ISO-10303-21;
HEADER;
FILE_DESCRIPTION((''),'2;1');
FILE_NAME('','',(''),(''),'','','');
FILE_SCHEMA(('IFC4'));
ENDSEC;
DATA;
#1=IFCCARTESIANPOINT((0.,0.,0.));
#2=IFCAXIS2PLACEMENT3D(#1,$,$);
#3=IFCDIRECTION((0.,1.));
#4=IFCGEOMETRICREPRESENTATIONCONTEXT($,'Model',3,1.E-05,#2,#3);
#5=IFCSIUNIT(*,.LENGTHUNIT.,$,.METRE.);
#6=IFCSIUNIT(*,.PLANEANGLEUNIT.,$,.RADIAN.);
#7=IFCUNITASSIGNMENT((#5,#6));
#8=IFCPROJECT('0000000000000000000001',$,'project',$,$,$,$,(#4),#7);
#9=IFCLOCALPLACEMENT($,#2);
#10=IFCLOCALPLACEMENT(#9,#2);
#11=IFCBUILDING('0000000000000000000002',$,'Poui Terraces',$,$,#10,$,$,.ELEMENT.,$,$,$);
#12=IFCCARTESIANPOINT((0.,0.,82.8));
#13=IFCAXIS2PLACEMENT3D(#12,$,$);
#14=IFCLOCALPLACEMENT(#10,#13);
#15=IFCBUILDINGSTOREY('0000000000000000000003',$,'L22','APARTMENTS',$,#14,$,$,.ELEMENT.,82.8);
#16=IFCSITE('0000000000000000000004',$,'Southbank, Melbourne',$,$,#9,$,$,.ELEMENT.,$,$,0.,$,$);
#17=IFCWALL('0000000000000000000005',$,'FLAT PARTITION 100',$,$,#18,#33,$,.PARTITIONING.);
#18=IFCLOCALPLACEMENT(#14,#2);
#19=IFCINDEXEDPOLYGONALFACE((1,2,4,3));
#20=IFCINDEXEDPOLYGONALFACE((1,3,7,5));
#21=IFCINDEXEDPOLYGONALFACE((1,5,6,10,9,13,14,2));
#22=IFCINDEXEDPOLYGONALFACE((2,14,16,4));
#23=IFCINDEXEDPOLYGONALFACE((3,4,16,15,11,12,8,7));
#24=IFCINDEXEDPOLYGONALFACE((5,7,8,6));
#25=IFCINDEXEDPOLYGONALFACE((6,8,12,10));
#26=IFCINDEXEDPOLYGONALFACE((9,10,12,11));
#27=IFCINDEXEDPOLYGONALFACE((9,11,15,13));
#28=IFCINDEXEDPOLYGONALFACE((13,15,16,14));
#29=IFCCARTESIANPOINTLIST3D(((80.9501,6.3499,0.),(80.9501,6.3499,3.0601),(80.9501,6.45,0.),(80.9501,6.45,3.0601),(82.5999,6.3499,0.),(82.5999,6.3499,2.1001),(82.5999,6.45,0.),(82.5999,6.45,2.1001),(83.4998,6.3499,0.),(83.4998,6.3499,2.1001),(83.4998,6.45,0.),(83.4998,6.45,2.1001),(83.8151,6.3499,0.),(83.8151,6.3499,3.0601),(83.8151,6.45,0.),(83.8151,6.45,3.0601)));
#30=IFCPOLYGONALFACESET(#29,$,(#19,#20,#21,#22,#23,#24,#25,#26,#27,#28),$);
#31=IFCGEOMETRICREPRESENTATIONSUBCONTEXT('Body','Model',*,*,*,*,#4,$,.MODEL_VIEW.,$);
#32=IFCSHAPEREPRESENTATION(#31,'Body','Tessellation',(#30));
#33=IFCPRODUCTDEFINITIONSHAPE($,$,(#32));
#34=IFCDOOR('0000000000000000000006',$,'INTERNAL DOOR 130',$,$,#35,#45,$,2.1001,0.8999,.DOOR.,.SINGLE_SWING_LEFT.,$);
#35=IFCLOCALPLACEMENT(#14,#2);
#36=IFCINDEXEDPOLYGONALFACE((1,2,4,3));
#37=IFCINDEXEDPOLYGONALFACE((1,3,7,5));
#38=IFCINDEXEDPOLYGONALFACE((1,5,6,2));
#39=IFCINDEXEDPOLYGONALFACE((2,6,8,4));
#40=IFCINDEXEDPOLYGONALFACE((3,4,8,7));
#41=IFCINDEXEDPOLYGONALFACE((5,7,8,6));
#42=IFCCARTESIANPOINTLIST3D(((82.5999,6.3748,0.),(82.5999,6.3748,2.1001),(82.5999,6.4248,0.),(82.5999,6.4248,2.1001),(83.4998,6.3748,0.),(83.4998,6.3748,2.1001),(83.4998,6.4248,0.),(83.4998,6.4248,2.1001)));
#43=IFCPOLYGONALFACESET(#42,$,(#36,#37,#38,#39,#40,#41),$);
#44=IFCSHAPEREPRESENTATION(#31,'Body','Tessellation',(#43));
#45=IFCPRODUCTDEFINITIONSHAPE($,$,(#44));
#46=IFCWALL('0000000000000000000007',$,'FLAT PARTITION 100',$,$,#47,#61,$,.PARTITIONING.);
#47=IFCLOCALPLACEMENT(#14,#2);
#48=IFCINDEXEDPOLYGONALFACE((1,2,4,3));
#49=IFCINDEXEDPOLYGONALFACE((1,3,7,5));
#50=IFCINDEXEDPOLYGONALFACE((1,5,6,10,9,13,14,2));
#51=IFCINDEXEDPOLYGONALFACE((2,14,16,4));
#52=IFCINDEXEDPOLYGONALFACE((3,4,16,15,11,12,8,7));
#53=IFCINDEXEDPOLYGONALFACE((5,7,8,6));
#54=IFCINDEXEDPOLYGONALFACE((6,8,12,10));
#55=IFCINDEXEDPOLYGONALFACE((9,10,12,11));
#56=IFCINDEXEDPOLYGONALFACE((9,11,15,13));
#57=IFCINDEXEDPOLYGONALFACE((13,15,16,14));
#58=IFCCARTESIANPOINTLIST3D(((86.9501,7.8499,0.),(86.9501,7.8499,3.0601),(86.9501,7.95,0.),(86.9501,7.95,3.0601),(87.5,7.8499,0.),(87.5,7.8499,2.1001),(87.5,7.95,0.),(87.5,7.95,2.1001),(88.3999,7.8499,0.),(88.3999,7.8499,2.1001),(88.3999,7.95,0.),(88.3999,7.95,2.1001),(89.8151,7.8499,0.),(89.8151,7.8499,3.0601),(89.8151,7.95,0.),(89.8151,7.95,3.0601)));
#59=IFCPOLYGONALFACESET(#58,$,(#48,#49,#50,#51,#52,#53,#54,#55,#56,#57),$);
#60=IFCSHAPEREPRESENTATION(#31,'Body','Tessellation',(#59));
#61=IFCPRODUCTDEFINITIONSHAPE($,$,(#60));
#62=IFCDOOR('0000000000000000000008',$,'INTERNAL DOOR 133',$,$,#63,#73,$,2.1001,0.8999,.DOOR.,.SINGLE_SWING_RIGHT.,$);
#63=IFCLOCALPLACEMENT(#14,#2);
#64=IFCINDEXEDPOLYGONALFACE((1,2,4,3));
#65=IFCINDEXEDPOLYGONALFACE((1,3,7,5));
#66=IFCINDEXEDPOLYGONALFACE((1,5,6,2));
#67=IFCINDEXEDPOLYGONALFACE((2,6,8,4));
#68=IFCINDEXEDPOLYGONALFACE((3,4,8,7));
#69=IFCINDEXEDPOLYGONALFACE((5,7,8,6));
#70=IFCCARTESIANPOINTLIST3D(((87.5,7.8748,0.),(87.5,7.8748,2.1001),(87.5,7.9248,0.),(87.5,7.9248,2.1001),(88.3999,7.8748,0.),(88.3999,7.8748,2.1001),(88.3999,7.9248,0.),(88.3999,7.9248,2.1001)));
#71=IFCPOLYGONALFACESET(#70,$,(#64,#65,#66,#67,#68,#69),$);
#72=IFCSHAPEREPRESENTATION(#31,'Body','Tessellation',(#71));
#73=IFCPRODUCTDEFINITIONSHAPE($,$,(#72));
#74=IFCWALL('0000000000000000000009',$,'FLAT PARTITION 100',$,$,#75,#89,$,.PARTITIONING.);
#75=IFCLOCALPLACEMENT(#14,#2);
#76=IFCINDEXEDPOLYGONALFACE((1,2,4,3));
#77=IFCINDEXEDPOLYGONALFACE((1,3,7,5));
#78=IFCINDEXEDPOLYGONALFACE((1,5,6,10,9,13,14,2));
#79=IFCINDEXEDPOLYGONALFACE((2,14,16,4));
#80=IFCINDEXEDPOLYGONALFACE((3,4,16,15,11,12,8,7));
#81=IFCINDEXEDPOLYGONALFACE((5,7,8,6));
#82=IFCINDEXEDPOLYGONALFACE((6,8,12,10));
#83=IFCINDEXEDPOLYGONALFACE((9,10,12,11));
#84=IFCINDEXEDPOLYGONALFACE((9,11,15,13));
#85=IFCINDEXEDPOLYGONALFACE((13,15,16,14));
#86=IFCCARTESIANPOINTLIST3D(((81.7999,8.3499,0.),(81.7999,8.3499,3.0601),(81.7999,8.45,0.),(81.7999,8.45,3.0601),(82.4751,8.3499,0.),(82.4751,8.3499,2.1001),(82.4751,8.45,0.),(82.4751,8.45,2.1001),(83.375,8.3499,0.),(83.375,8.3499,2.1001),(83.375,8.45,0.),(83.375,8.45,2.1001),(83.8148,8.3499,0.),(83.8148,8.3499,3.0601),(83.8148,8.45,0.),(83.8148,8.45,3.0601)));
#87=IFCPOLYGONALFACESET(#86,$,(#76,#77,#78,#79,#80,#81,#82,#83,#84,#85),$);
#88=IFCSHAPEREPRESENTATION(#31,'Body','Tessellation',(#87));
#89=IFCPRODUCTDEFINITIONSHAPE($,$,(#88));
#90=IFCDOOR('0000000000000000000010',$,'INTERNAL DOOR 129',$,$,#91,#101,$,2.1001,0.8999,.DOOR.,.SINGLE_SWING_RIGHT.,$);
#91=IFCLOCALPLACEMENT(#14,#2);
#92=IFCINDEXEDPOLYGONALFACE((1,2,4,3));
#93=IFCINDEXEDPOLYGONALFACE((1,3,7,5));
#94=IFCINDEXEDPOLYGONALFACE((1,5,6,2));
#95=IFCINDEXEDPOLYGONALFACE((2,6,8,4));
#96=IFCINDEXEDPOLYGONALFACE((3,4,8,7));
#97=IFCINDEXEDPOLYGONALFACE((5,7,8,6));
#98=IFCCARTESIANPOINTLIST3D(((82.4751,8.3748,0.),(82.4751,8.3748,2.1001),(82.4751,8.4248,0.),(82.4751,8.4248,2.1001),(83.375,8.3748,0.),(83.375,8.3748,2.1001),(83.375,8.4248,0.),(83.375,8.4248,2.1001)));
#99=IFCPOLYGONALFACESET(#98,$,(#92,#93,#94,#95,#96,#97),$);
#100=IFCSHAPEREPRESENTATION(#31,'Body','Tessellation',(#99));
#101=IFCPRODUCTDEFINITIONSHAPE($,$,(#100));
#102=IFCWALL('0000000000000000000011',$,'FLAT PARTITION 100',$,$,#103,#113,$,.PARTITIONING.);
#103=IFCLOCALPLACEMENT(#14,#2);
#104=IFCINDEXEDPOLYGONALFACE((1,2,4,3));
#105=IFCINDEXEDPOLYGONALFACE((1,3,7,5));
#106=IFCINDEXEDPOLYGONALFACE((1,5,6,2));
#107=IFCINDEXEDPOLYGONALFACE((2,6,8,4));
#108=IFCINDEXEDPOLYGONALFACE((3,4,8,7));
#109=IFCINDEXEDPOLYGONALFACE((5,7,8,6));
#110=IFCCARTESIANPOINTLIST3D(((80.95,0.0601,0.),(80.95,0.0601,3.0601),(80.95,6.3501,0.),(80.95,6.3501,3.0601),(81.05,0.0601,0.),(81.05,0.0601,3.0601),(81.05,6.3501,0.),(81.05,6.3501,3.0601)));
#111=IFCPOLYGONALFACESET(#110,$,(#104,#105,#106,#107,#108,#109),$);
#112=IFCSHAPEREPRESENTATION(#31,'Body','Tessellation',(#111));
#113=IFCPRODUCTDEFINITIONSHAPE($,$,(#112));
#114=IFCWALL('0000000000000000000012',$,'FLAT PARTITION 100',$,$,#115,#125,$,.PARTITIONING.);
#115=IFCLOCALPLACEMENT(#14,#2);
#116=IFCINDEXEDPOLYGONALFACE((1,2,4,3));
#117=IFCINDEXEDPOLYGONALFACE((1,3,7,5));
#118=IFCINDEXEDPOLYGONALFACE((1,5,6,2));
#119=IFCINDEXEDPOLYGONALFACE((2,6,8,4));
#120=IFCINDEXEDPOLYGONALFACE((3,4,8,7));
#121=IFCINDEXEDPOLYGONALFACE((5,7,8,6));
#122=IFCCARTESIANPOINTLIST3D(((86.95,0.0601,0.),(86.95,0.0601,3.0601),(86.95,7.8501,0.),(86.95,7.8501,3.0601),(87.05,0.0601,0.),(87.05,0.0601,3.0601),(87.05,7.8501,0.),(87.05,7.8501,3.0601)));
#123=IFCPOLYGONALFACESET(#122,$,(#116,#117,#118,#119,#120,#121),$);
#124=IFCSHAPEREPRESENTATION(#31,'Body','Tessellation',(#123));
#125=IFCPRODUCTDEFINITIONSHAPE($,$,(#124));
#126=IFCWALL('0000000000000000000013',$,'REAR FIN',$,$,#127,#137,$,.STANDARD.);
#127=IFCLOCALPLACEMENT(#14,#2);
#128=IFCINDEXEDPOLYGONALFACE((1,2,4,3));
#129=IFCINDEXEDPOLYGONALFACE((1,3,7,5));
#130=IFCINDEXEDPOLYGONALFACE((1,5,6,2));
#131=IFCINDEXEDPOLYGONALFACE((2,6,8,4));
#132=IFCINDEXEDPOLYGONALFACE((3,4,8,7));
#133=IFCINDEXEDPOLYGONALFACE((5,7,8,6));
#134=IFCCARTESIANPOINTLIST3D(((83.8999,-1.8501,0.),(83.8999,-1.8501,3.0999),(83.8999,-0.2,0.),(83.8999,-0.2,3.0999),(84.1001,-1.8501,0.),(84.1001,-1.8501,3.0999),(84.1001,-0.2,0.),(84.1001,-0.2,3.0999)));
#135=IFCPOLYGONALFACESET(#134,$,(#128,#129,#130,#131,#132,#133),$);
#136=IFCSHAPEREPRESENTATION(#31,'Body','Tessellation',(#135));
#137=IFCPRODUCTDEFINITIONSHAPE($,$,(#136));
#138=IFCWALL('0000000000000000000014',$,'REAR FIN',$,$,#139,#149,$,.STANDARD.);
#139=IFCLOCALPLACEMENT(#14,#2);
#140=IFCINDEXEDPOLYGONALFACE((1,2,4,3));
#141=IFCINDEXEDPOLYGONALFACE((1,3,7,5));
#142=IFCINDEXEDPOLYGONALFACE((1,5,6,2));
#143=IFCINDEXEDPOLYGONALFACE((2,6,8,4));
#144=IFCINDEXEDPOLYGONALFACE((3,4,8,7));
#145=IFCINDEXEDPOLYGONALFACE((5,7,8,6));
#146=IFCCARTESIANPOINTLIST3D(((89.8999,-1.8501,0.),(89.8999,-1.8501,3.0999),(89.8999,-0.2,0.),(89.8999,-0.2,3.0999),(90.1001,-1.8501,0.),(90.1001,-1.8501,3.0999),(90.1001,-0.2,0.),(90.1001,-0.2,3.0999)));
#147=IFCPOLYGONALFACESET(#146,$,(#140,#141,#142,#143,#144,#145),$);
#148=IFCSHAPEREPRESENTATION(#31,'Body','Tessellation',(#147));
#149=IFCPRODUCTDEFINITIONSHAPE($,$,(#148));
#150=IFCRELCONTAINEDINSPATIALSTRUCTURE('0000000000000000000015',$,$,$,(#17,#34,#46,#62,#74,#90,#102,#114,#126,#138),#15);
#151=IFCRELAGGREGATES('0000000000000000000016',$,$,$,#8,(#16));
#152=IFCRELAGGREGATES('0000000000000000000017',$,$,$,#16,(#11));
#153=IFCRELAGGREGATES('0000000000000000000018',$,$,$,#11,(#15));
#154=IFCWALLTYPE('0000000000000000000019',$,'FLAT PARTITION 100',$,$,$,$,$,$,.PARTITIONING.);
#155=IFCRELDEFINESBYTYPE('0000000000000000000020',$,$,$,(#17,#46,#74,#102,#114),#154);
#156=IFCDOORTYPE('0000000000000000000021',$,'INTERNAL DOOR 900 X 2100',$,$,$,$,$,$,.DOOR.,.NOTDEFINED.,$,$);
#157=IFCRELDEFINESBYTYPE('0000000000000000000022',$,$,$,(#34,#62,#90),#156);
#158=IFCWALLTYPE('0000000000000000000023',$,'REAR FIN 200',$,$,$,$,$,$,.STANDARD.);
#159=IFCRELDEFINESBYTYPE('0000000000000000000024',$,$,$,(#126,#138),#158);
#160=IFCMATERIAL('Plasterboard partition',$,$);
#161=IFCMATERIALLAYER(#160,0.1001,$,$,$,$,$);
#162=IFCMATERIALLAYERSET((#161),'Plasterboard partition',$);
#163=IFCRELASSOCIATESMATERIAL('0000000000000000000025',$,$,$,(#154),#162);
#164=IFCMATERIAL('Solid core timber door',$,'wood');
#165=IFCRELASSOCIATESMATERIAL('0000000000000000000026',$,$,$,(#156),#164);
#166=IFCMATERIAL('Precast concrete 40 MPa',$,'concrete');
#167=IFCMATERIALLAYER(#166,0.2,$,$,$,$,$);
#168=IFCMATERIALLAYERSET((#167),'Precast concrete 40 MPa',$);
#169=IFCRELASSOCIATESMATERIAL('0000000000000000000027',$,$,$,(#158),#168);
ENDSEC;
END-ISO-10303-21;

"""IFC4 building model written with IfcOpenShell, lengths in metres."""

from ifc_helpers import new_model, si_unit, direction, frame, frame_2d, origin, place, context, subcontext, project, spatial, polyline, rectangle, outline, extrude, source, transform, mapped, material, layer, layer_set, type_object, element, fill, save


model = new_model("IFC4")

# Units and contexts
model_context = context("Model", 3, precision=1e-05, world=origin(), true_north=direction((0.0, 1.0)))
body_context = subcontext(model_context, "Body", "Model", "MODEL_VIEW")
ifc_project = project(units=[si_unit("LENGTHUNIT", "METRE"), si_unit("PLANEANGLEUNIT", "RADIAN")], contexts=[model_context])

# Site, building, storey
site_placement = place(None, origin())
site = spatial("IfcSite", under=ifc_project, at=site_placement, Name="Southbank, Melbourne", CompositionType="ELEMENT", RefElevation=0.0)
building_placement = place(site_placement, origin())
building = spatial("IfcBuilding", under=site, at=building_placement, Name="Poui Terraces", CompositionType="ELEMENT")
storey_placement = place(building_placement, frame((0.0, 0.0, 82.8)))
storey = spatial("IfcBuildingStorey", under=building, at=storey_placement, Name="L22", Description="APARTMENTS", CompositionType="ELEMENT", Elevation=82.8)

# Shared definitions
ifc_material_1 = material(Name="Precast concrete 40 MPa", Category="concrete")

# Walls, openings, doors
ifc_material_2 = material(Name="Plasterboard partition")
ifc_layer_1 = layer(ifc_material_2, 0.1001)
ifc_layer_set_1 = layer_set([ifc_layer_1], Name="Plasterboard partition")
wall_type_1 = type_object("IfcWallType", Name="FLAT PARTITION 100", PredefinedType="PARTITIONING", material=ifc_layer_set_1)
wall_1_placement = place(storey_placement, frame((80.95, 6.3999, 0.0), z_axis=(0.0, 0.0, 1.0), x_axis=(1.0, 0.0, 0.0)))
wall_1 = element("IfcWall", 1, at=wall_1_placement, inside=storey, type_object=wall_type_1, Name="FLAT PARTITION 100", PredefinedType="PARTITIONING", context=body_context, shape_type="SweptSolid", body=[
    extrude(rectangle(XDim=2.865, YDim=0.1001, at=frame_2d((1.4326, 0.0))), origin(), (0.0, 0.0, 1.0), 3.0601),
])
opening_1_placement = place(wall_1_placement, frame((1.6499, 0.0, 0.0)))
opening_1 = element("IfcOpeningElement", 2, at=opening_1_placement, cuts=wall_1, PredefinedType="OPENING", context=body_context, shape_type="SweptSolid", body=[
    extrude(rectangle(XDim=0.8999, YDim=2.1001, at=frame_2d((0.45, 1.05))), frame((0.0, 0.0601, 0.0), z_axis=(0.0, -1.0, 0.0), x_axis=(1.0, 0.0, 0.0)), (0.0, 0.0, 1.0), 0.1201),
])
ifc_material_3 = material(Name="Solid core timber door", Category="wood")
door_type = type_object("IfcDoorType", Name="INTERNAL DOOR 900 X 2100", OperationType="NOTDEFINED", PredefinedType="DOOR", material=ifc_material_3)
door_1_placement = place(opening_1_placement, origin())
door_1 = element("IfcDoor", 3, at=door_1_placement, inside=storey, type_object=door_type, Name="INTERNAL DOOR 130", OperationType="SINGLE_SWING_LEFT", OverallHeight=2.1001, OverallWidth=0.8999, PredefinedType="DOOR", context=body_context, shape_type="SweptSolid", body=[
    extrude(rectangle(XDim=0.8999, YDim=2.1001, at=frame_2d((0.45, 1.05))), frame((0.0, 0.0249, 0.0), z_axis=(0.0, -1.0, 0.0), x_axis=(1.0, 0.0, 0.0)), (0.0, 0.0, 1.0), 0.05),
])
fill(opening_1, door_1)
wall_2_placement = place(storey_placement, frame((86.95, 7.8999, 0.0), z_axis=(0.0, 0.0, 1.0), x_axis=(1.0, 0.0, 0.0)))
wall_2 = element("IfcWall", 4, at=wall_2_placement, inside=storey, type_object=wall_type_1, Name="FLAT PARTITION 100", PredefinedType="PARTITIONING", context=body_context, shape_type="SweptSolid", body=[
    extrude(rectangle(XDim=2.865, YDim=0.1001, at=frame_2d((1.4326, 0.0))), origin(), (0.0, 0.0, 1.0), 3.0601),
])
opening_2_placement = place(wall_2_placement, frame((0.55, 0.0, 0.0)))
opening_2 = element("IfcOpeningElement", 5, at=opening_2_placement, cuts=wall_2, PredefinedType="OPENING", context=body_context, shape_type="SweptSolid", body=[
    extrude(rectangle(XDim=0.8999, YDim=2.1001, at=frame_2d((0.45, 1.05))), frame((0.0, 0.0601, 0.0), z_axis=(0.0, -1.0, 0.0), x_axis=(1.0, 0.0, 0.0)), (0.0, 0.0, 1.0), 0.1201),
])
door_2_placement = place(opening_2_placement, origin())
door_2 = element("IfcDoor", 6, at=door_2_placement, inside=storey, type_object=door_type, Name="INTERNAL DOOR 133", OperationType="SINGLE_SWING_RIGHT", OverallHeight=2.1001, OverallWidth=0.8999, PredefinedType="DOOR", context=body_context, shape_type="SweptSolid", body=[
    extrude(rectangle(XDim=0.8999, YDim=2.1001, at=frame_2d((0.45, 1.05))), frame((0.0, 0.0249, 0.0), z_axis=(0.0, -1.0, 0.0), x_axis=(1.0, 0.0, 0.0)), (0.0, 0.0, 1.0), 0.05),
])
fill(opening_2, door_2)
wall_3_placement = place(storey_placement, frame((81.8, 8.3999, 0.0), z_axis=(0.0, 0.0, 1.0), x_axis=(1.0, 0.0, 0.0)))
wall_3 = element("IfcWall", 7, at=wall_3_placement, inside=storey, type_object=wall_type_1, Name="FLAT PARTITION 100", PredefinedType="PARTITIONING", context=body_context, shape_type="SweptSolid", body=[
    extrude(rectangle(XDim=2.0149, YDim=0.1001, at=frame_2d((1.0073, 0.0))), origin(), (0.0, 0.0, 1.0), 3.0601),
])
opening_3_placement = place(wall_3_placement, frame((0.675, 0.0, 0.0)))
opening_3 = element("IfcOpeningElement", 8, at=opening_3_placement, cuts=wall_3, PredefinedType="OPENING", context=body_context, shape_type="SweptSolid", body=[
    extrude(rectangle(XDim=0.8999, YDim=2.1001, at=frame_2d((0.45, 1.05))), frame((0.0, 0.0601, 0.0), z_axis=(0.0, -1.0, 0.0), x_axis=(1.0, 0.0, 0.0)), (0.0, 0.0, 1.0), 0.1201),
])
door_3_placement = place(opening_3_placement, origin())
door_3 = element("IfcDoor", 9, at=door_3_placement, inside=storey, type_object=door_type, Name="INTERNAL DOOR 129", OperationType="SINGLE_SWING_RIGHT", OverallHeight=2.1001, OverallWidth=0.8999, PredefinedType="DOOR", context=body_context, shape_type="SweptSolid", body=[
    extrude(rectangle(XDim=0.8999, YDim=2.1001, at=frame_2d((0.45, 1.05))), frame((0.0, 0.0249, 0.0), z_axis=(0.0, -1.0, 0.0), x_axis=(1.0, 0.0, 0.0)), (0.0, 0.0, 1.0), 0.05),
])
fill(opening_3, door_3)

# Walls
wall_4_placement = place(storey_placement, frame((81.0, 0.0601, 0.0), z_axis=(0.0, 0.0, 1.0), x_axis=(0.0, 1.0, 0.0)))
element("IfcWall", 10, at=wall_4_placement, inside=storey, type_object=wall_type_1, Name="FLAT PARTITION 100", PredefinedType="PARTITIONING", context=body_context, shape_type="SweptSolid", body=[
    extrude(rectangle(XDim=6.29, YDim=0.1001, at=frame_2d((3.145, 0.0))), origin(), (0.0, 0.0, 1.0), 3.0601),
])
wall_5_placement = place(storey_placement, frame((87.0, 0.0601, 0.0), z_axis=(0.0, 0.0, 1.0), x_axis=(0.0, 1.0, 0.0)))
element("IfcWall", 11, at=wall_5_placement, inside=storey, type_object=wall_type_1, Name="FLAT PARTITION 100", PredefinedType="PARTITIONING", context=body_context, shape_type="SweptSolid", body=[
    extrude(rectangle(XDim=7.79, YDim=0.1001, at=frame_2d((3.895, 0.0))), origin(), (0.0, 0.0, 1.0), 3.0601),
])
ifc_layer_2 = layer(ifc_material_1, 0.2)
ifc_layer_set_2 = layer_set([ifc_layer_2], Name="Precast concrete 40 MPa")
wall_type_2 = type_object("IfcWallType", Name="REAR FIN 200", PredefinedType="STANDARD", material=ifc_layer_set_2)
shared_shape_1 = source(origin(), body_context, "Body", "SweptSolid", [
    extrude(outline(polyline([(0.0, 0.0), (0.2002, 0.0), (0.2002, 1.6501), (0.0, 1.6501), (0.0, 0.0)])), origin(), (0.0, 0.0, 1.0), 3.0999),
])
for number, where, name in (
    (12, (83.8999, -1.8501, 0.0), "REAR FIN"),
    (13, (89.8999, -1.8501, 0.0), "REAR FIN"),
):
    element("IfcWall", number, at=place(storey_placement, frame(where)), inside=storey, type_object=wall_type_2, Name=name, PredefinedType="STANDARD", context=body_context, shape_type="MappedRepresentation", body=[
        mapped(shared_shape_1, transform((0.0, 0.0, 0.0))),
    ])

save(model, "model.ifc")
